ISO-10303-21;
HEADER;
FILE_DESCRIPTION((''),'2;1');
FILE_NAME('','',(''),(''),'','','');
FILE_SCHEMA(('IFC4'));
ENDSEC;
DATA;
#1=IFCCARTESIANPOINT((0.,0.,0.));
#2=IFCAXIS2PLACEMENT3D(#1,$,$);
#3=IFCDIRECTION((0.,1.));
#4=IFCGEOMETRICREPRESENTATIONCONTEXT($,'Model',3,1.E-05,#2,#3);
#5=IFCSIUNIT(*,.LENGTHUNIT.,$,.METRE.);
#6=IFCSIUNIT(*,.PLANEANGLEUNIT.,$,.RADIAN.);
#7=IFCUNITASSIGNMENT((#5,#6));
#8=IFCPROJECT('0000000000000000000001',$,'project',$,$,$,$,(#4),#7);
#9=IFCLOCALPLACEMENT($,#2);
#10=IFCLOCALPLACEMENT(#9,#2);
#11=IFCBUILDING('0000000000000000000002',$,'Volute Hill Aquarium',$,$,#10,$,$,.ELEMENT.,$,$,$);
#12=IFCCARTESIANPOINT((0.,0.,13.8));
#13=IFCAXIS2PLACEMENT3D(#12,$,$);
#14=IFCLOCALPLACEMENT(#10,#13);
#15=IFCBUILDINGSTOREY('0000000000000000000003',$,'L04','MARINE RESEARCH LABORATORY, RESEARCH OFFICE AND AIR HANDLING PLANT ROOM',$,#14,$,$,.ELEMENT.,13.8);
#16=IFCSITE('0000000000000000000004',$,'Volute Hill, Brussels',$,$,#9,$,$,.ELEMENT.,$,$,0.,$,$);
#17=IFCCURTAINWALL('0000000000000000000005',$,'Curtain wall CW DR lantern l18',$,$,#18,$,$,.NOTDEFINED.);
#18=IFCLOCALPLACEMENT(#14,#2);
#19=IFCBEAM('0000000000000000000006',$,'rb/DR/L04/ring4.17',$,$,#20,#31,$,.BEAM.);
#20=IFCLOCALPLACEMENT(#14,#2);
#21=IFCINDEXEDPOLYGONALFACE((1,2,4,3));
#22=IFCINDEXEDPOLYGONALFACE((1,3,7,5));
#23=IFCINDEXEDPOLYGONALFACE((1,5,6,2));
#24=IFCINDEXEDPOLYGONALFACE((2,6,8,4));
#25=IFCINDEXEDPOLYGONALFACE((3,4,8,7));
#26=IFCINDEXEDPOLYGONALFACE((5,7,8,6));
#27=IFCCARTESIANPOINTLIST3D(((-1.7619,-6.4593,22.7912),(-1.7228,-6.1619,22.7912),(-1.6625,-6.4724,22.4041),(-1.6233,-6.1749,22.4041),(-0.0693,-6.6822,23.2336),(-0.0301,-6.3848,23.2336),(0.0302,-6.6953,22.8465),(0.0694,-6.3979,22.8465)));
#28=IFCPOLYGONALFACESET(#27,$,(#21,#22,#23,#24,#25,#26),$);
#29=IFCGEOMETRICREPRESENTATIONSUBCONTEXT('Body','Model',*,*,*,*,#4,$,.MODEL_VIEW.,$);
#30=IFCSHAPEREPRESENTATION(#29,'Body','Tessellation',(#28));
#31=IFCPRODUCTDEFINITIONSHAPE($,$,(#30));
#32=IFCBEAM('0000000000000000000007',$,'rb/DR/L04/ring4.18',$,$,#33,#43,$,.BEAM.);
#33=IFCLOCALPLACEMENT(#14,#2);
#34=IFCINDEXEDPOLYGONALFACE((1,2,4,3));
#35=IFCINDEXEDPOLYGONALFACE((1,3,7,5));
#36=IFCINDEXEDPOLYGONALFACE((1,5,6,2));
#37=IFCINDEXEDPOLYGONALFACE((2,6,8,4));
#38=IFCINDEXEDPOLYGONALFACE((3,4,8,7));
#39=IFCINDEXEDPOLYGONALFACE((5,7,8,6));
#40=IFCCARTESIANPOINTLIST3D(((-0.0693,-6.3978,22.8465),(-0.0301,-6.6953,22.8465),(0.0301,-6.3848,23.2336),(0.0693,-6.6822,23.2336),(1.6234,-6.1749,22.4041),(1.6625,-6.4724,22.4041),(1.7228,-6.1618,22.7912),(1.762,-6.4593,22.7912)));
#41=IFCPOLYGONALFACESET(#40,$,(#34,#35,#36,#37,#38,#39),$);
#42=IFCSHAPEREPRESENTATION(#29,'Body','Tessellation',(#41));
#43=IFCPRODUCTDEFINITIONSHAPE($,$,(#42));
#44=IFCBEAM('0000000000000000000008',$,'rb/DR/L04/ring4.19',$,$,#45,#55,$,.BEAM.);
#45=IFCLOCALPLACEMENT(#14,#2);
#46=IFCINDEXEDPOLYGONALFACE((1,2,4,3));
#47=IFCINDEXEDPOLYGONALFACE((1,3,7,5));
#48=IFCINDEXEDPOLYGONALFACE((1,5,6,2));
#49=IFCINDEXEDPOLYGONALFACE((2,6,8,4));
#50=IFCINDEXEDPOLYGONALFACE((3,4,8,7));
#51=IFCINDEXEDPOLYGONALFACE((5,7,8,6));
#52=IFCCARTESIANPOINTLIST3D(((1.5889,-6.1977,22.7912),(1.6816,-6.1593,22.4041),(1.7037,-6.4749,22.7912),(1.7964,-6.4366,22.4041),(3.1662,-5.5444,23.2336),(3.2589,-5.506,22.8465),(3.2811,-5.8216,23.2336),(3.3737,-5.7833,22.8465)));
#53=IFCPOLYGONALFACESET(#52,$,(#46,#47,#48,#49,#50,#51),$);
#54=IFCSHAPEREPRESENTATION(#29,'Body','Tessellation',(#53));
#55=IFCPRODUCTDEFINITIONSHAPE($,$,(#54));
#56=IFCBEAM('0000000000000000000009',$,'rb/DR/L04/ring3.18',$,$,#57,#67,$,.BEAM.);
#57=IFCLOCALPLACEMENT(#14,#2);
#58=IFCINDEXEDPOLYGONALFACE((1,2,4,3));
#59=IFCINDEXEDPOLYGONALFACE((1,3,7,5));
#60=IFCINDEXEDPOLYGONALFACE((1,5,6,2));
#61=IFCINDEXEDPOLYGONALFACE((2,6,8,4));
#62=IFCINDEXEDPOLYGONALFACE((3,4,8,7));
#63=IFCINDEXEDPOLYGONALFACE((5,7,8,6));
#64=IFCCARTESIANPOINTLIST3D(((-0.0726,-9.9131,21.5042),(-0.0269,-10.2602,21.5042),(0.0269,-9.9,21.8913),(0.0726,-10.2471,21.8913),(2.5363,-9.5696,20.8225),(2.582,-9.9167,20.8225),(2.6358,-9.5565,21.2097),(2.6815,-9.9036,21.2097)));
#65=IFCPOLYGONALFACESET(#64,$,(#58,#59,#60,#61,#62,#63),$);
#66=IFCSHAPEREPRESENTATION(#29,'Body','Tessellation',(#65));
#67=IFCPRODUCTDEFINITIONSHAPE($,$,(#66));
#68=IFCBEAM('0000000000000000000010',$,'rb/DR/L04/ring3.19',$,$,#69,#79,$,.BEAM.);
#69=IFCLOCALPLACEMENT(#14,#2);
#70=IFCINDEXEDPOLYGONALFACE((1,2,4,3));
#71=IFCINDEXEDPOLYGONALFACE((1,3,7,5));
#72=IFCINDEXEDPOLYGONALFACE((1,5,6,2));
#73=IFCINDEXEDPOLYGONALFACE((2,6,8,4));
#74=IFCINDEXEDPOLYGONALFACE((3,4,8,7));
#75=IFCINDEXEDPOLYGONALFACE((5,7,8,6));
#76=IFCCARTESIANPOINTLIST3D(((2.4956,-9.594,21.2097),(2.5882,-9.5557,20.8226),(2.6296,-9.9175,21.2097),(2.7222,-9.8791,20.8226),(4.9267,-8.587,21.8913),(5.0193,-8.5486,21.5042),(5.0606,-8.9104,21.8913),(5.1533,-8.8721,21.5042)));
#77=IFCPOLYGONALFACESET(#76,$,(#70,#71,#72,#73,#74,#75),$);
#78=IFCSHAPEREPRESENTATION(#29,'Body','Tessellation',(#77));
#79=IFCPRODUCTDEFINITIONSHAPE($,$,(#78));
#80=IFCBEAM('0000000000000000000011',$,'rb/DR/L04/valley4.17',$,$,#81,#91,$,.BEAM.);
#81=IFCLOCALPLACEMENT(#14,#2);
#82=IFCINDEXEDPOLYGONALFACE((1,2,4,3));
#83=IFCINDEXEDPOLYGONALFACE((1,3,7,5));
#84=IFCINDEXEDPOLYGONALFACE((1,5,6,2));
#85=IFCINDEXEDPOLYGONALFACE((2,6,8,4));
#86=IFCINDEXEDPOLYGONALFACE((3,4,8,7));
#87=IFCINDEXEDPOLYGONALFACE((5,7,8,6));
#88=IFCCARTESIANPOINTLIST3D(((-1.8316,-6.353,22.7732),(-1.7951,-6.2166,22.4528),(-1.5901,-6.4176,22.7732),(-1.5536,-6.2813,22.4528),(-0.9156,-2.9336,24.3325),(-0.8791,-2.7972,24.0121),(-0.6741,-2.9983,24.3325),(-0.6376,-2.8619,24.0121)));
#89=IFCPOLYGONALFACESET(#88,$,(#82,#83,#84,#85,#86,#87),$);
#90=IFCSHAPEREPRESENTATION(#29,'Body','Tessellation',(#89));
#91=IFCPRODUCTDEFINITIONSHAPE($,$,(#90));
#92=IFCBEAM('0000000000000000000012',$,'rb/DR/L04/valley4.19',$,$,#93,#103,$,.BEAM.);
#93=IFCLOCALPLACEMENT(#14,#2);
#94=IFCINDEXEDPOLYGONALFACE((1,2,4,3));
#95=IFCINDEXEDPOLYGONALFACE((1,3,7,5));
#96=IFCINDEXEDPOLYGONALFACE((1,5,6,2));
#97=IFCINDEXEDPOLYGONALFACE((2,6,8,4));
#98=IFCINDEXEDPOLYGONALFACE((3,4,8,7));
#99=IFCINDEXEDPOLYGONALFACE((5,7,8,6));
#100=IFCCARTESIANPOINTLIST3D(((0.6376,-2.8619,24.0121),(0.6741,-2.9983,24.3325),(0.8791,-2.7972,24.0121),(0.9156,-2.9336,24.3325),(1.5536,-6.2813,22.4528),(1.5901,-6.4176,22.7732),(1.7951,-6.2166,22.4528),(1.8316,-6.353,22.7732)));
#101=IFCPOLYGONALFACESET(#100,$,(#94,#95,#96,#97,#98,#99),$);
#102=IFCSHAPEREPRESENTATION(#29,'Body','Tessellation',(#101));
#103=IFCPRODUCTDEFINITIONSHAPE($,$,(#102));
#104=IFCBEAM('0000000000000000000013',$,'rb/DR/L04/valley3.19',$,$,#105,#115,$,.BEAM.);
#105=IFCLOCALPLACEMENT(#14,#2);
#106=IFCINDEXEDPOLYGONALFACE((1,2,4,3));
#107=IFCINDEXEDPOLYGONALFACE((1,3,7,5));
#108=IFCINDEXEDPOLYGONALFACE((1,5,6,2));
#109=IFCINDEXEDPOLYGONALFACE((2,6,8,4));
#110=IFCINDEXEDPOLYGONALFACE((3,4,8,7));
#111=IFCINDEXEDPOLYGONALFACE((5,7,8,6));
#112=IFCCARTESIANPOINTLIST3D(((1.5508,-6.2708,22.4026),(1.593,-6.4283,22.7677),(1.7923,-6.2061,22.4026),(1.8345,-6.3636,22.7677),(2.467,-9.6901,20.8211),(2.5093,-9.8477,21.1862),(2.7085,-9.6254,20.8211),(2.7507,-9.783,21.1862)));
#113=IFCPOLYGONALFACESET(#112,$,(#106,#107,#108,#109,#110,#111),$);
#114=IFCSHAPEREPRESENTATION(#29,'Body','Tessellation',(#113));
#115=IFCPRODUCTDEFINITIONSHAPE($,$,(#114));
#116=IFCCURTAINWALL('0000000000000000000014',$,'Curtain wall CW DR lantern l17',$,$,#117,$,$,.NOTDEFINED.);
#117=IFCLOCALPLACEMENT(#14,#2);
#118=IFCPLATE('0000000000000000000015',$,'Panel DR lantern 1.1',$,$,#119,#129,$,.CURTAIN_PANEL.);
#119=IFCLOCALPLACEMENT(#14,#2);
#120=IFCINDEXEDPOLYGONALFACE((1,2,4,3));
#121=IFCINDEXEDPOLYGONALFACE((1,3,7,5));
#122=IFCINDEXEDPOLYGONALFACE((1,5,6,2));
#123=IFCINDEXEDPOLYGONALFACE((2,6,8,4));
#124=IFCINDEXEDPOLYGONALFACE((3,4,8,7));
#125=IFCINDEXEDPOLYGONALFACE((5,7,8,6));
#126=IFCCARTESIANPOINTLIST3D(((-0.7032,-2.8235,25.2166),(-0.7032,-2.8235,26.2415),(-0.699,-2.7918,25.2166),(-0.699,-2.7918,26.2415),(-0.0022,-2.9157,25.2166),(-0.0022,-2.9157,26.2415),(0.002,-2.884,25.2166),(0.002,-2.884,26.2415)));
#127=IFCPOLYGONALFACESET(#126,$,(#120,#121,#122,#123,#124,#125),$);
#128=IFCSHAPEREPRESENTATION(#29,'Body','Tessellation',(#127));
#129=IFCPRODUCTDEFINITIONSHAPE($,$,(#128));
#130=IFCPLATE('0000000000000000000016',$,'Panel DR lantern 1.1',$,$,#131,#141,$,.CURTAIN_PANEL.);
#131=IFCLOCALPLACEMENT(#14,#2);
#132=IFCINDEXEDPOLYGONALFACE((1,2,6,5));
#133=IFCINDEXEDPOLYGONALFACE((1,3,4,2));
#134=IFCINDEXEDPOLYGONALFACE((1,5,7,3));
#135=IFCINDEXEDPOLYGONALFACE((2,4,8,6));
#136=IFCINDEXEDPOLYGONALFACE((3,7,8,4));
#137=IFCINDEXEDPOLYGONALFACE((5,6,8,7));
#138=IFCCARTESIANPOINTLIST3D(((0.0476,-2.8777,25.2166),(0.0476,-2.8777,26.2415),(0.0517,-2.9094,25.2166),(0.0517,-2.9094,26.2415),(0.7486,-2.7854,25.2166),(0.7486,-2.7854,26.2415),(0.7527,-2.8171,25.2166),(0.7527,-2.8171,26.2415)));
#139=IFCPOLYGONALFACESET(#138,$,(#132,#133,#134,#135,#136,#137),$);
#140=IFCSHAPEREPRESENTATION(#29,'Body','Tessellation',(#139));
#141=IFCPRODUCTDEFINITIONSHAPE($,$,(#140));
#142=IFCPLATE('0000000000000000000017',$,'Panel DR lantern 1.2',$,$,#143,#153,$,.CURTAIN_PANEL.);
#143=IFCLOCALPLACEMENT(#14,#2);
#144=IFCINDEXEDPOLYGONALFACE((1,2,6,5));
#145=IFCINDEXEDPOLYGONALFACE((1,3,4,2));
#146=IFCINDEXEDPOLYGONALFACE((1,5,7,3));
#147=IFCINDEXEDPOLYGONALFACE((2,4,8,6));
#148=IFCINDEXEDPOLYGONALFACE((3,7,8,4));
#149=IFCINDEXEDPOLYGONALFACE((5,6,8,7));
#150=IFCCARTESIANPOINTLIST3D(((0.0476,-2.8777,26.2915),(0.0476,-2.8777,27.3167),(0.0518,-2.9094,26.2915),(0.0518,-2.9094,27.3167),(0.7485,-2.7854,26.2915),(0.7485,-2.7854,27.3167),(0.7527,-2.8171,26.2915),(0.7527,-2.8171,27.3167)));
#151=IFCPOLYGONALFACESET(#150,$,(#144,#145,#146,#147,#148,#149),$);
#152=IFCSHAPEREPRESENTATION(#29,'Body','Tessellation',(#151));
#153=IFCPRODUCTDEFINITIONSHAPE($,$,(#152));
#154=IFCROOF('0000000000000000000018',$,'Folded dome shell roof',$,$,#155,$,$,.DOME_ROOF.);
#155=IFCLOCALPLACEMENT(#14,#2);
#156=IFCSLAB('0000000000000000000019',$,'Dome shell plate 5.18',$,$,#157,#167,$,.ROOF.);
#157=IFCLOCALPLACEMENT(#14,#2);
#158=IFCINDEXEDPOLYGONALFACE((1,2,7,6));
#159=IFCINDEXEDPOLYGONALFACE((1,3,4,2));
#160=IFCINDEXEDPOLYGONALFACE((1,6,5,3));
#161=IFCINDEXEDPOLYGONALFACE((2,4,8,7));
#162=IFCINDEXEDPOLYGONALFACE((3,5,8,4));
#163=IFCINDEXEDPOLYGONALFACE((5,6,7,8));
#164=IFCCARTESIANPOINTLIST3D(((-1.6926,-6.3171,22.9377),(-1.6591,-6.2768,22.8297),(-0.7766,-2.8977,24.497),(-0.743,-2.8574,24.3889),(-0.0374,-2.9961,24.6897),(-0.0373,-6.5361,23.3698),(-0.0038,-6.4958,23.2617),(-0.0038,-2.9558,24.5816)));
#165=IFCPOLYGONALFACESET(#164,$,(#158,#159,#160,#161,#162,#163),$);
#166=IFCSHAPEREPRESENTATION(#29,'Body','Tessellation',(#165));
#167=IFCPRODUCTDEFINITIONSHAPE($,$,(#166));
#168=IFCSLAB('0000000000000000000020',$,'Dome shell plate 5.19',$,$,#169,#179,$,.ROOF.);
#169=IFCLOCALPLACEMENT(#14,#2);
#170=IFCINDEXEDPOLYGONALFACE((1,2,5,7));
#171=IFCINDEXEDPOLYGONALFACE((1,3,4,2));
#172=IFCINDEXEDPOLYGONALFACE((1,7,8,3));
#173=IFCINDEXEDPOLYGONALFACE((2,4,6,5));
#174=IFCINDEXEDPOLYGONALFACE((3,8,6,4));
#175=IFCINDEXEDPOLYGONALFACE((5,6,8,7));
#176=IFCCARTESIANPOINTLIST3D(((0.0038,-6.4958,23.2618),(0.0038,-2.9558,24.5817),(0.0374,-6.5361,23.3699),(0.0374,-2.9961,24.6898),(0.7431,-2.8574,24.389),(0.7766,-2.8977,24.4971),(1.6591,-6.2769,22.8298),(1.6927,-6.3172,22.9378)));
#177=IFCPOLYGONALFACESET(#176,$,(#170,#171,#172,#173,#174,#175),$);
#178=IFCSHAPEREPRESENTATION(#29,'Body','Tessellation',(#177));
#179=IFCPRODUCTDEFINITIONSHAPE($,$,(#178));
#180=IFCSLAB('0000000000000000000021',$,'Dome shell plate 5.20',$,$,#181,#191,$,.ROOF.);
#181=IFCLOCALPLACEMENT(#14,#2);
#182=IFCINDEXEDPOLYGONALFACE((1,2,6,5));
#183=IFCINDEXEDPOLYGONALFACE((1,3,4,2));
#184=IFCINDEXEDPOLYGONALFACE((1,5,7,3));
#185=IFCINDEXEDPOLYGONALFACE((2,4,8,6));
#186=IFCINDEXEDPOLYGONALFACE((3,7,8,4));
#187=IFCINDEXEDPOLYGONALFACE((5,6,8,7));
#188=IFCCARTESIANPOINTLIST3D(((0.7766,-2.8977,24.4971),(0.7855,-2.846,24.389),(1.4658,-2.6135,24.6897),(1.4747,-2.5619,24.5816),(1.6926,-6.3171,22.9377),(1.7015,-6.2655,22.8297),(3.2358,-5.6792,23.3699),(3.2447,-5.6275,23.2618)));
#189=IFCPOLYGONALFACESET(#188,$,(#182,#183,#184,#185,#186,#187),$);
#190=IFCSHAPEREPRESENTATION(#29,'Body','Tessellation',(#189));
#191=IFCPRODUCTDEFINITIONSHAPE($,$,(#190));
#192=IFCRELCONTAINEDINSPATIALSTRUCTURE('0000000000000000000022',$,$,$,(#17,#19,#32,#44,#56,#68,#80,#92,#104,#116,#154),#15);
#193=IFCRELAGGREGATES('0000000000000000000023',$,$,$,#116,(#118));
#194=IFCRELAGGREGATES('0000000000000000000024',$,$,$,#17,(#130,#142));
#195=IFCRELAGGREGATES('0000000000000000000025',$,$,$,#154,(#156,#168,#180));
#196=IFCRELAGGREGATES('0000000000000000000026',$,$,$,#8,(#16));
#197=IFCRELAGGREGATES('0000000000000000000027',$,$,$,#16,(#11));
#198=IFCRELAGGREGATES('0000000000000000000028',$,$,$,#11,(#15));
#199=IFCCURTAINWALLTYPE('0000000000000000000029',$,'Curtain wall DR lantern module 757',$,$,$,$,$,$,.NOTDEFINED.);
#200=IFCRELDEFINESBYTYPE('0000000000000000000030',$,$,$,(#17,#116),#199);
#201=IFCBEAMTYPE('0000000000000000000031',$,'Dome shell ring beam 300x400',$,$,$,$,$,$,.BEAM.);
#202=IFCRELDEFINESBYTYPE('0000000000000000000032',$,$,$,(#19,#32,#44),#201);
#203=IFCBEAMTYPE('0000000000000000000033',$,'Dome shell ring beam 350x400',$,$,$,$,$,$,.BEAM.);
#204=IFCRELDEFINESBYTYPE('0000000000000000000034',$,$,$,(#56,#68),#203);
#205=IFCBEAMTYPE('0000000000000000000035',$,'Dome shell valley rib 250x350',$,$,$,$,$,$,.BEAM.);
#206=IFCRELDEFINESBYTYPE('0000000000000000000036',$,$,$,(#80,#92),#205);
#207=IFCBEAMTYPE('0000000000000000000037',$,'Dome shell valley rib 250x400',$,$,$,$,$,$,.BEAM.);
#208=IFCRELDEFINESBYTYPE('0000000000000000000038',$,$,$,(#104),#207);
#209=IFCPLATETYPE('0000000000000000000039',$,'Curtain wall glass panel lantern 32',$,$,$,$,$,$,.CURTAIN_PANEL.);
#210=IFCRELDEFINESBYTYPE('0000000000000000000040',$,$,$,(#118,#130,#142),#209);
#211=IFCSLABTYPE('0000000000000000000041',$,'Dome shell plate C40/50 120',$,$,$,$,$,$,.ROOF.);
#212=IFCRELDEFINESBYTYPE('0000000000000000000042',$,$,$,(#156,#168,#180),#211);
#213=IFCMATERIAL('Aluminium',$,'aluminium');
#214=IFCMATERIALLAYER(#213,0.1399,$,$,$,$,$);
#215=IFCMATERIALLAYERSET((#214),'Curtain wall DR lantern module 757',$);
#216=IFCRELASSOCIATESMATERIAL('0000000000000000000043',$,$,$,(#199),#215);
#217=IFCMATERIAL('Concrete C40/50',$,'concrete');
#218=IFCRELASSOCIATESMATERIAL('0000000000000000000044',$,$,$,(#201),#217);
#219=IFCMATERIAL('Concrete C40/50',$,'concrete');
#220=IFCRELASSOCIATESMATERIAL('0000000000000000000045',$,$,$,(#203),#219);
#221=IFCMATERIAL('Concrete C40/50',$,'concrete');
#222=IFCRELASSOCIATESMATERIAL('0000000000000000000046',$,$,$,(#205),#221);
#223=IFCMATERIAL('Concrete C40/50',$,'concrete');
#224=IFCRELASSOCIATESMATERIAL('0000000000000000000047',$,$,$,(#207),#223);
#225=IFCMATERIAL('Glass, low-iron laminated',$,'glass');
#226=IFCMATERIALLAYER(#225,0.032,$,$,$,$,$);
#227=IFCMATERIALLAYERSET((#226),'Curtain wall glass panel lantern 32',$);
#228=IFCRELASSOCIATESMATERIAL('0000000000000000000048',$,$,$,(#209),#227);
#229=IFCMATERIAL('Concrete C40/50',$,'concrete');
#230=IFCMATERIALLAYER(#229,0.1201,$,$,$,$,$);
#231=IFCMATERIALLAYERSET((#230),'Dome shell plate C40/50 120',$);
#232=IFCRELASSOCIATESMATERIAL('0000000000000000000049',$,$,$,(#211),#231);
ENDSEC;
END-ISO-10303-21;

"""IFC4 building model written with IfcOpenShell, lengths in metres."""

from ifc_helpers import new_model, si_unit, direction, frame, origin, origin_2d, place, context, subcontext, project, spatial, polyline, rectangle, outline, extrude, material, layer, layer_set, material_profile, profile_set, type_object, element, aggregate, save


model = new_model("IFC4")

# Units and contexts
model_context = context("Model", 3, precision=1e-05, world=origin(), true_north=direction((0.0, 1.0)))
body_context = subcontext(model_context, "Body", "Model", "MODEL_VIEW")
ifc_project = project(units=[si_unit("LENGTHUNIT", "METRE"), si_unit("PLANEANGLEUNIT", "RADIAN")], contexts=[model_context])

# Site, building, storey
site_placement = place(None, origin())
site = spatial("IfcSite", under=ifc_project, at=site_placement, Name="Volute Hill, Brussels", CompositionType="ELEMENT", RefElevation=0.0)
building_placement = place(site_placement, origin())
building = spatial("IfcBuilding", under=site, at=building_placement, Name="Volute Hill Aquarium", CompositionType="ELEMENT")
storey_placement = place(building_placement, frame((0.0, 0.0, 13.8)))
storey = spatial("IfcBuildingStorey", under=building, at=storey_placement, Name="L04", Description="MARINE RESEARCH LABORATORY, RESEARCH OFFICE AND AIR HANDLING PLANT ROOM", CompositionType="ELEMENT", Elevation=13.8)

# Curtain wall
ifc_material_1 = material(Name="Aluminium", Category="aluminium")
ifc_layer_1 = layer(ifc_material_1, 0.1399)
ifc_layer_set_1 = layer_set([ifc_layer_1], Name="Curtain wall DR lantern module 757")
curtain_wall_type = type_object("IfcCurtainWallType", Name="Curtain wall DR lantern module 757", PredefinedType="NOTDEFINED", material=ifc_layer_set_1)
curtain_wall_1_placement = place(storey_placement, origin())
curtain_wall_1 = element("IfcCurtainWall", 1, at=curtain_wall_1_placement, inside=storey, type_object=curtain_wall_type, Name="Curtain wall CW DR lantern l18", PredefinedType="NOTDEFINED")

# Beams
ifc_material_2 = material(Name="Concrete C40/50", Category="concrete")
ifc_material_profile_1 = material_profile(ifc_material_2, rectangle(XDim=0.3, YDim=0.3999, at=origin_2d()), Name="RC beam 300x400")
ifc_profile_set_1 = profile_set([ifc_material_profile_1], Name="Concrete C40/50")
beam_type_1 = type_object("IfcBeamType", Name="Dome shell ring beam 300x400", PredefinedType="BEAM", material=ifc_profile_set_1)
for number, where, z_axis, x_axis, name in (
    (2, (-1.6926, -6.3171, 22.5977), (0.959743, -0.126388, 0.250837), (0.130562, 0.99144, 0.0), "rb/DR/L04/ring4.17"),
    (3, (0.0, -6.54, 23.04), (0.959743, 0.126388, -0.250837), (-0.130562, 0.99144, 0.0), "rb/DR/L04/ring4.18"),
    (4, (1.6926, -6.3171, 22.5977), (0.894357, 0.370422, 0.250824), (-0.382655, 0.923891, 0.0), "rb/DR/L04/ring4.19"),
):
    element("IfcBeam", number, at=place(storey_placement, frame(where, z_axis=z_axis, x_axis=x_axis)), inside=storey, type_object=beam_type_1, Name=name, PredefinedType="BEAM", context=body_context, shape_type="SweptSolid", body=[
        extrude(rectangle(XDim=0.3, YDim=0.3999, at=origin_2d()), origin(), (0.0, 0.0, 1.0), 1.7637),
    ])
ifc_material_3 = material(Name="Concrete C40/50", Category="concrete")
ifc_material_profile_2 = material_profile(ifc_material_3, rectangle(XDim=0.3501, YDim=0.3999, at=origin_2d()), Name="RC beam 350x400")
ifc_profile_set_2 = profile_set([ifc_material_profile_2], Name="Concrete C40/50")
beam_type_2 = type_object("IfcBeamType", Name="Dome shell ring beam 350x400", PredefinedType="BEAM", material=ifc_profile_set_2)
for number, where, z_axis, x_axis, name in (
    (5, (0.0, -10.0801, 21.6978), (0.959765, 0.12637, -0.250764), (-0.130541, 0.991443, 0.0), "rb/DR/L04/ring3.18"),
    (6, (2.6089, -9.7366, 21.0161), (0.894353, 0.370477, 0.250757), (-0.382704, 0.923871, 0.0), "rb/DR/L04/ring3.19"),
):
    element("IfcBeam", number, at=place(storey_placement, frame(where, z_axis=z_axis, x_axis=x_axis)), inside=storey, type_object=beam_type_2, Name=name, PredefinedType="BEAM", context=body_context, shape_type="SweptSolid", body=[
        extrude(rectangle(XDim=0.3501, YDim=0.3999, at=origin_2d()), origin(), (0.0, 0.0, 1.0), 2.7183),
    ])
ifc_material_4 = material(Name="Concrete C40/50", Category="concrete")
ifc_material_profile_3 = material_profile(ifc_material_4, rectangle(XDim=0.25, YDim=0.3501, at=origin_2d()), Name="RC rib 250x350")
ifc_profile_set_3 = profile_set([ifc_material_profile_3], Name="Concrete C40/50")
beam_type_3 = type_object("IfcBeamType", Name="Dome shell valley rib 250x350", PredefinedType="BEAM", material=ifc_profile_set_3)
for number, where, z_axis, x_axis, name in (
    (7, (-1.6926, -6.3171, 22.613), (0.236806, 0.883982, 0.403112), (-0.965941, 0.258761, 0.0), "rb/DR/L04/valley4.17"),
    (8, (1.6926, -6.3171, 22.613), (-0.236806, 0.883982, 0.403112), (-0.965941, -0.258761, 0.0), "rb/DR/L04/valley4.19"),
):
    element("IfcBeam", number, at=place(storey_placement, frame(where, z_axis=z_axis, x_axis=x_axis)), inside=storey, type_object=beam_type_3, Name=name, PredefinedType="BEAM", context=body_context, shape_type="SweptSolid", body=[
        extrude(rectangle(XDim=0.25, YDim=0.3501, at=origin_2d()), origin(), (0.0, 0.0, 1.0), 3.8682),
    ])
ifc_material_5 = material(Name="Concrete C40/50", Category="concrete")
ifc_material_profile_4 = material_profile(ifc_material_5, rectangle(XDim=0.25, YDim=0.3999, at=origin_2d()), Name="RC rib 250x400")
ifc_profile_set_4 = profile_set([ifc_material_profile_4], Name="Concrete C40/50")
beam_type_4 = type_object("IfcBeamType", Name="Dome shell valley rib 250x400", PredefinedType="BEAM", material=ifc_profile_set_4)
beam_1_placement = place(storey_placement, frame((2.6089, -9.7366, 21.0037), z_axis=(-0.236315, 0.881915, 0.4079), x_axis=(-0.965924, -0.258826, 0.0)))
element("IfcBeam", 9, at=beam_1_placement, inside=storey, type_object=beam_type_4, Name="rb/DR/L04/valley3.19", PredefinedType="BEAM", context=body_context, shape_type="SweptSolid", body=[
    extrude(rectangle(XDim=0.25, YDim=0.3999, at=origin_2d()), origin(), (0.0, 0.0, 1.0), 3.8772),
])

# Curtain wall, plate
curtain_wall_2_placement = place(storey_placement, origin())
curtain_wall_2 = element("IfcCurtainWall", 10, at=curtain_wall_2_placement, inside=storey, type_object=curtain_wall_type, Name="Curtain wall CW DR lantern l17", PredefinedType="NOTDEFINED")
ifc_material_6 = material(Name="Glass, low-iron laminated", Category="glass")
ifc_layer_2 = layer(ifc_material_6, 0.032)
ifc_layer_set_2 = layer_set([ifc_layer_2], Name="Curtain wall glass panel lantern 32")
plate_type = type_object("IfcPlateType", Name="Curtain wall glass panel lantern 32", PredefinedType="CURTAIN_PANEL", material=ifc_layer_set_2)
plate_1_placement = place(storey_placement, frame((-0.3506, -2.8538, 25.2166), z_axis=(0.0, 0.0, 1.0), x_axis=(0.991448, -0.130502, 0.0)))
plate_1 = element("IfcPlate", 11, at=plate_1_placement, type_object=plate_type, Name="Panel DR lantern 1.1", PredefinedType="CURTAIN_PANEL", context=body_context, shape_type="SweptSolid", body=[
    extrude(rectangle(XDim=0.707, YDim=0.032, at=origin_2d()), origin(), (0.0, 0.0, 1.0), 1.0249),
])
aggregate(curtain_wall_2, [plate_1])

# Plates
plate_2_placement = place(storey_placement, frame((0.4001, -2.8474, 25.2166), z_axis=(0.0, 0.0, 1.0), x_axis=(0.991448, 0.130502, 0.0)))
plate_2 = element("IfcPlate", 12, at=plate_2_placement, type_object=plate_type, Name="Panel DR lantern 1.1", PredefinedType="CURTAIN_PANEL", context=body_context, shape_type="SweptSolid", body=[
    extrude(rectangle(XDim=0.707, YDim=0.032, at=origin_2d()), origin(), (0.0, 0.0, 1.0), 1.0249),
])
plate_3_placement = place(storey_placement, frame((0.0518, -2.9094, 26.2915), z_axis=(0.130535, -0.991444, 0.0), x_axis=(0.991444, 0.130535, 0.0)))
plate_3 = element("IfcPlate", 13, at=plate_3_placement, type_object=plate_type, Name="Panel DR lantern 1.2", PredefinedType="CURTAIN_PANEL", context=body_context, shape_type="SweptSolid", body=[
    extrude(outline(polyline([(0.0, 0.0), (0.707, 0.0), (0.707, 1.0251), (0.0, 1.0251), (0.0, 0.0)])), origin(), (0.0, 0.0, -1.0), 0.032),
])
aggregate(curtain_wall_1, [plate_2, plate_3])

# Roof, slabs
roof_placement = place(storey_placement, origin())
roof = element("IfcRoof", 14, at=roof_placement, inside=storey, Name="Folded dome shell roof", PredefinedType="DOME_ROOF")
ifc_material_7 = material(Name="Concrete C40/50", Category="concrete")
ifc_layer_3 = layer(ifc_material_7, 0.1201)
ifc_layer_set_3 = layer_set([ifc_layer_3], Name="Dome shell plate C40/50 120")
slab_type_1 = type_object("IfcSlabType", Name="Dome shell plate C40/50 120", PredefinedType="ROOF", material=ifc_layer_set_3)
slab_1_placement = place(storey_placement, frame((-1.6926, -6.3171, 22.9377), z_axis=(-0.279211, -0.335468, 0.899724), x_axis=(0.959755, -0.126957, 0.250504)))
slab_1 = element("IfcSlab", 15, at=slab_1_placement, type_object=slab_type_1, Name="Dome shell plate 5.18", PredefinedType="ROOF", context=body_context, shape_type="SweptSolid", body=[
    extrude(outline(polyline([(0.0, 0.0), (1.7247, 0.0), (1.6059, 3.7762), (0.8356, 3.7769), (0.0, 0.0)])), origin(), (0.0, 0.0, -1.0), 0.1201),
])
slab_2_placement = place(storey_placement, frame((0.0374, -6.5361, 23.3699), z_axis=(0.279211, -0.335468, 0.899724), x_axis=(0.959755, 0.126957, -0.250504)))
slab_2 = element("IfcSlab", 16, at=slab_2_placement, type_object=slab_type_1, Name="Dome shell plate 5.19", PredefinedType="ROOF", context=body_context, shape_type="SweptSolid", body=[
    extrude(outline(polyline([(0.0, 0.0), (1.7247, 0.0), (0.8891, 3.7769), (0.1188, 3.7762), (0.0, 0.0)])), origin(), (0.0, 0.0, -1.0), 0.1201),
])
slab_3_placement = place(storey_placement, frame((1.6926, -6.3171, 22.9377), z_axis=(-0.074118, -0.430139, 0.899715), x_axis=(0.894679, 0.369848, 0.250522)))
slab_3 = element("IfcSlab", 17, at=slab_3_placement, type_object=slab_type_1, Name="Dome shell plate 5.20", PredefinedType="ROOF", context=body_context, shape_type="SweptSolid", body=[
    extrude(outline(polyline([(0.0, 0.0), (1.7249, 0.0), (1.6058, 3.7761), (0.8358, 3.7768), (0.0, 0.0)])), origin(), (0.0, 0.0, -1.0), 0.1201),
])
aggregate(roof, [slab_1, slab_2, slab_3])

save(model, "model.ifc")
